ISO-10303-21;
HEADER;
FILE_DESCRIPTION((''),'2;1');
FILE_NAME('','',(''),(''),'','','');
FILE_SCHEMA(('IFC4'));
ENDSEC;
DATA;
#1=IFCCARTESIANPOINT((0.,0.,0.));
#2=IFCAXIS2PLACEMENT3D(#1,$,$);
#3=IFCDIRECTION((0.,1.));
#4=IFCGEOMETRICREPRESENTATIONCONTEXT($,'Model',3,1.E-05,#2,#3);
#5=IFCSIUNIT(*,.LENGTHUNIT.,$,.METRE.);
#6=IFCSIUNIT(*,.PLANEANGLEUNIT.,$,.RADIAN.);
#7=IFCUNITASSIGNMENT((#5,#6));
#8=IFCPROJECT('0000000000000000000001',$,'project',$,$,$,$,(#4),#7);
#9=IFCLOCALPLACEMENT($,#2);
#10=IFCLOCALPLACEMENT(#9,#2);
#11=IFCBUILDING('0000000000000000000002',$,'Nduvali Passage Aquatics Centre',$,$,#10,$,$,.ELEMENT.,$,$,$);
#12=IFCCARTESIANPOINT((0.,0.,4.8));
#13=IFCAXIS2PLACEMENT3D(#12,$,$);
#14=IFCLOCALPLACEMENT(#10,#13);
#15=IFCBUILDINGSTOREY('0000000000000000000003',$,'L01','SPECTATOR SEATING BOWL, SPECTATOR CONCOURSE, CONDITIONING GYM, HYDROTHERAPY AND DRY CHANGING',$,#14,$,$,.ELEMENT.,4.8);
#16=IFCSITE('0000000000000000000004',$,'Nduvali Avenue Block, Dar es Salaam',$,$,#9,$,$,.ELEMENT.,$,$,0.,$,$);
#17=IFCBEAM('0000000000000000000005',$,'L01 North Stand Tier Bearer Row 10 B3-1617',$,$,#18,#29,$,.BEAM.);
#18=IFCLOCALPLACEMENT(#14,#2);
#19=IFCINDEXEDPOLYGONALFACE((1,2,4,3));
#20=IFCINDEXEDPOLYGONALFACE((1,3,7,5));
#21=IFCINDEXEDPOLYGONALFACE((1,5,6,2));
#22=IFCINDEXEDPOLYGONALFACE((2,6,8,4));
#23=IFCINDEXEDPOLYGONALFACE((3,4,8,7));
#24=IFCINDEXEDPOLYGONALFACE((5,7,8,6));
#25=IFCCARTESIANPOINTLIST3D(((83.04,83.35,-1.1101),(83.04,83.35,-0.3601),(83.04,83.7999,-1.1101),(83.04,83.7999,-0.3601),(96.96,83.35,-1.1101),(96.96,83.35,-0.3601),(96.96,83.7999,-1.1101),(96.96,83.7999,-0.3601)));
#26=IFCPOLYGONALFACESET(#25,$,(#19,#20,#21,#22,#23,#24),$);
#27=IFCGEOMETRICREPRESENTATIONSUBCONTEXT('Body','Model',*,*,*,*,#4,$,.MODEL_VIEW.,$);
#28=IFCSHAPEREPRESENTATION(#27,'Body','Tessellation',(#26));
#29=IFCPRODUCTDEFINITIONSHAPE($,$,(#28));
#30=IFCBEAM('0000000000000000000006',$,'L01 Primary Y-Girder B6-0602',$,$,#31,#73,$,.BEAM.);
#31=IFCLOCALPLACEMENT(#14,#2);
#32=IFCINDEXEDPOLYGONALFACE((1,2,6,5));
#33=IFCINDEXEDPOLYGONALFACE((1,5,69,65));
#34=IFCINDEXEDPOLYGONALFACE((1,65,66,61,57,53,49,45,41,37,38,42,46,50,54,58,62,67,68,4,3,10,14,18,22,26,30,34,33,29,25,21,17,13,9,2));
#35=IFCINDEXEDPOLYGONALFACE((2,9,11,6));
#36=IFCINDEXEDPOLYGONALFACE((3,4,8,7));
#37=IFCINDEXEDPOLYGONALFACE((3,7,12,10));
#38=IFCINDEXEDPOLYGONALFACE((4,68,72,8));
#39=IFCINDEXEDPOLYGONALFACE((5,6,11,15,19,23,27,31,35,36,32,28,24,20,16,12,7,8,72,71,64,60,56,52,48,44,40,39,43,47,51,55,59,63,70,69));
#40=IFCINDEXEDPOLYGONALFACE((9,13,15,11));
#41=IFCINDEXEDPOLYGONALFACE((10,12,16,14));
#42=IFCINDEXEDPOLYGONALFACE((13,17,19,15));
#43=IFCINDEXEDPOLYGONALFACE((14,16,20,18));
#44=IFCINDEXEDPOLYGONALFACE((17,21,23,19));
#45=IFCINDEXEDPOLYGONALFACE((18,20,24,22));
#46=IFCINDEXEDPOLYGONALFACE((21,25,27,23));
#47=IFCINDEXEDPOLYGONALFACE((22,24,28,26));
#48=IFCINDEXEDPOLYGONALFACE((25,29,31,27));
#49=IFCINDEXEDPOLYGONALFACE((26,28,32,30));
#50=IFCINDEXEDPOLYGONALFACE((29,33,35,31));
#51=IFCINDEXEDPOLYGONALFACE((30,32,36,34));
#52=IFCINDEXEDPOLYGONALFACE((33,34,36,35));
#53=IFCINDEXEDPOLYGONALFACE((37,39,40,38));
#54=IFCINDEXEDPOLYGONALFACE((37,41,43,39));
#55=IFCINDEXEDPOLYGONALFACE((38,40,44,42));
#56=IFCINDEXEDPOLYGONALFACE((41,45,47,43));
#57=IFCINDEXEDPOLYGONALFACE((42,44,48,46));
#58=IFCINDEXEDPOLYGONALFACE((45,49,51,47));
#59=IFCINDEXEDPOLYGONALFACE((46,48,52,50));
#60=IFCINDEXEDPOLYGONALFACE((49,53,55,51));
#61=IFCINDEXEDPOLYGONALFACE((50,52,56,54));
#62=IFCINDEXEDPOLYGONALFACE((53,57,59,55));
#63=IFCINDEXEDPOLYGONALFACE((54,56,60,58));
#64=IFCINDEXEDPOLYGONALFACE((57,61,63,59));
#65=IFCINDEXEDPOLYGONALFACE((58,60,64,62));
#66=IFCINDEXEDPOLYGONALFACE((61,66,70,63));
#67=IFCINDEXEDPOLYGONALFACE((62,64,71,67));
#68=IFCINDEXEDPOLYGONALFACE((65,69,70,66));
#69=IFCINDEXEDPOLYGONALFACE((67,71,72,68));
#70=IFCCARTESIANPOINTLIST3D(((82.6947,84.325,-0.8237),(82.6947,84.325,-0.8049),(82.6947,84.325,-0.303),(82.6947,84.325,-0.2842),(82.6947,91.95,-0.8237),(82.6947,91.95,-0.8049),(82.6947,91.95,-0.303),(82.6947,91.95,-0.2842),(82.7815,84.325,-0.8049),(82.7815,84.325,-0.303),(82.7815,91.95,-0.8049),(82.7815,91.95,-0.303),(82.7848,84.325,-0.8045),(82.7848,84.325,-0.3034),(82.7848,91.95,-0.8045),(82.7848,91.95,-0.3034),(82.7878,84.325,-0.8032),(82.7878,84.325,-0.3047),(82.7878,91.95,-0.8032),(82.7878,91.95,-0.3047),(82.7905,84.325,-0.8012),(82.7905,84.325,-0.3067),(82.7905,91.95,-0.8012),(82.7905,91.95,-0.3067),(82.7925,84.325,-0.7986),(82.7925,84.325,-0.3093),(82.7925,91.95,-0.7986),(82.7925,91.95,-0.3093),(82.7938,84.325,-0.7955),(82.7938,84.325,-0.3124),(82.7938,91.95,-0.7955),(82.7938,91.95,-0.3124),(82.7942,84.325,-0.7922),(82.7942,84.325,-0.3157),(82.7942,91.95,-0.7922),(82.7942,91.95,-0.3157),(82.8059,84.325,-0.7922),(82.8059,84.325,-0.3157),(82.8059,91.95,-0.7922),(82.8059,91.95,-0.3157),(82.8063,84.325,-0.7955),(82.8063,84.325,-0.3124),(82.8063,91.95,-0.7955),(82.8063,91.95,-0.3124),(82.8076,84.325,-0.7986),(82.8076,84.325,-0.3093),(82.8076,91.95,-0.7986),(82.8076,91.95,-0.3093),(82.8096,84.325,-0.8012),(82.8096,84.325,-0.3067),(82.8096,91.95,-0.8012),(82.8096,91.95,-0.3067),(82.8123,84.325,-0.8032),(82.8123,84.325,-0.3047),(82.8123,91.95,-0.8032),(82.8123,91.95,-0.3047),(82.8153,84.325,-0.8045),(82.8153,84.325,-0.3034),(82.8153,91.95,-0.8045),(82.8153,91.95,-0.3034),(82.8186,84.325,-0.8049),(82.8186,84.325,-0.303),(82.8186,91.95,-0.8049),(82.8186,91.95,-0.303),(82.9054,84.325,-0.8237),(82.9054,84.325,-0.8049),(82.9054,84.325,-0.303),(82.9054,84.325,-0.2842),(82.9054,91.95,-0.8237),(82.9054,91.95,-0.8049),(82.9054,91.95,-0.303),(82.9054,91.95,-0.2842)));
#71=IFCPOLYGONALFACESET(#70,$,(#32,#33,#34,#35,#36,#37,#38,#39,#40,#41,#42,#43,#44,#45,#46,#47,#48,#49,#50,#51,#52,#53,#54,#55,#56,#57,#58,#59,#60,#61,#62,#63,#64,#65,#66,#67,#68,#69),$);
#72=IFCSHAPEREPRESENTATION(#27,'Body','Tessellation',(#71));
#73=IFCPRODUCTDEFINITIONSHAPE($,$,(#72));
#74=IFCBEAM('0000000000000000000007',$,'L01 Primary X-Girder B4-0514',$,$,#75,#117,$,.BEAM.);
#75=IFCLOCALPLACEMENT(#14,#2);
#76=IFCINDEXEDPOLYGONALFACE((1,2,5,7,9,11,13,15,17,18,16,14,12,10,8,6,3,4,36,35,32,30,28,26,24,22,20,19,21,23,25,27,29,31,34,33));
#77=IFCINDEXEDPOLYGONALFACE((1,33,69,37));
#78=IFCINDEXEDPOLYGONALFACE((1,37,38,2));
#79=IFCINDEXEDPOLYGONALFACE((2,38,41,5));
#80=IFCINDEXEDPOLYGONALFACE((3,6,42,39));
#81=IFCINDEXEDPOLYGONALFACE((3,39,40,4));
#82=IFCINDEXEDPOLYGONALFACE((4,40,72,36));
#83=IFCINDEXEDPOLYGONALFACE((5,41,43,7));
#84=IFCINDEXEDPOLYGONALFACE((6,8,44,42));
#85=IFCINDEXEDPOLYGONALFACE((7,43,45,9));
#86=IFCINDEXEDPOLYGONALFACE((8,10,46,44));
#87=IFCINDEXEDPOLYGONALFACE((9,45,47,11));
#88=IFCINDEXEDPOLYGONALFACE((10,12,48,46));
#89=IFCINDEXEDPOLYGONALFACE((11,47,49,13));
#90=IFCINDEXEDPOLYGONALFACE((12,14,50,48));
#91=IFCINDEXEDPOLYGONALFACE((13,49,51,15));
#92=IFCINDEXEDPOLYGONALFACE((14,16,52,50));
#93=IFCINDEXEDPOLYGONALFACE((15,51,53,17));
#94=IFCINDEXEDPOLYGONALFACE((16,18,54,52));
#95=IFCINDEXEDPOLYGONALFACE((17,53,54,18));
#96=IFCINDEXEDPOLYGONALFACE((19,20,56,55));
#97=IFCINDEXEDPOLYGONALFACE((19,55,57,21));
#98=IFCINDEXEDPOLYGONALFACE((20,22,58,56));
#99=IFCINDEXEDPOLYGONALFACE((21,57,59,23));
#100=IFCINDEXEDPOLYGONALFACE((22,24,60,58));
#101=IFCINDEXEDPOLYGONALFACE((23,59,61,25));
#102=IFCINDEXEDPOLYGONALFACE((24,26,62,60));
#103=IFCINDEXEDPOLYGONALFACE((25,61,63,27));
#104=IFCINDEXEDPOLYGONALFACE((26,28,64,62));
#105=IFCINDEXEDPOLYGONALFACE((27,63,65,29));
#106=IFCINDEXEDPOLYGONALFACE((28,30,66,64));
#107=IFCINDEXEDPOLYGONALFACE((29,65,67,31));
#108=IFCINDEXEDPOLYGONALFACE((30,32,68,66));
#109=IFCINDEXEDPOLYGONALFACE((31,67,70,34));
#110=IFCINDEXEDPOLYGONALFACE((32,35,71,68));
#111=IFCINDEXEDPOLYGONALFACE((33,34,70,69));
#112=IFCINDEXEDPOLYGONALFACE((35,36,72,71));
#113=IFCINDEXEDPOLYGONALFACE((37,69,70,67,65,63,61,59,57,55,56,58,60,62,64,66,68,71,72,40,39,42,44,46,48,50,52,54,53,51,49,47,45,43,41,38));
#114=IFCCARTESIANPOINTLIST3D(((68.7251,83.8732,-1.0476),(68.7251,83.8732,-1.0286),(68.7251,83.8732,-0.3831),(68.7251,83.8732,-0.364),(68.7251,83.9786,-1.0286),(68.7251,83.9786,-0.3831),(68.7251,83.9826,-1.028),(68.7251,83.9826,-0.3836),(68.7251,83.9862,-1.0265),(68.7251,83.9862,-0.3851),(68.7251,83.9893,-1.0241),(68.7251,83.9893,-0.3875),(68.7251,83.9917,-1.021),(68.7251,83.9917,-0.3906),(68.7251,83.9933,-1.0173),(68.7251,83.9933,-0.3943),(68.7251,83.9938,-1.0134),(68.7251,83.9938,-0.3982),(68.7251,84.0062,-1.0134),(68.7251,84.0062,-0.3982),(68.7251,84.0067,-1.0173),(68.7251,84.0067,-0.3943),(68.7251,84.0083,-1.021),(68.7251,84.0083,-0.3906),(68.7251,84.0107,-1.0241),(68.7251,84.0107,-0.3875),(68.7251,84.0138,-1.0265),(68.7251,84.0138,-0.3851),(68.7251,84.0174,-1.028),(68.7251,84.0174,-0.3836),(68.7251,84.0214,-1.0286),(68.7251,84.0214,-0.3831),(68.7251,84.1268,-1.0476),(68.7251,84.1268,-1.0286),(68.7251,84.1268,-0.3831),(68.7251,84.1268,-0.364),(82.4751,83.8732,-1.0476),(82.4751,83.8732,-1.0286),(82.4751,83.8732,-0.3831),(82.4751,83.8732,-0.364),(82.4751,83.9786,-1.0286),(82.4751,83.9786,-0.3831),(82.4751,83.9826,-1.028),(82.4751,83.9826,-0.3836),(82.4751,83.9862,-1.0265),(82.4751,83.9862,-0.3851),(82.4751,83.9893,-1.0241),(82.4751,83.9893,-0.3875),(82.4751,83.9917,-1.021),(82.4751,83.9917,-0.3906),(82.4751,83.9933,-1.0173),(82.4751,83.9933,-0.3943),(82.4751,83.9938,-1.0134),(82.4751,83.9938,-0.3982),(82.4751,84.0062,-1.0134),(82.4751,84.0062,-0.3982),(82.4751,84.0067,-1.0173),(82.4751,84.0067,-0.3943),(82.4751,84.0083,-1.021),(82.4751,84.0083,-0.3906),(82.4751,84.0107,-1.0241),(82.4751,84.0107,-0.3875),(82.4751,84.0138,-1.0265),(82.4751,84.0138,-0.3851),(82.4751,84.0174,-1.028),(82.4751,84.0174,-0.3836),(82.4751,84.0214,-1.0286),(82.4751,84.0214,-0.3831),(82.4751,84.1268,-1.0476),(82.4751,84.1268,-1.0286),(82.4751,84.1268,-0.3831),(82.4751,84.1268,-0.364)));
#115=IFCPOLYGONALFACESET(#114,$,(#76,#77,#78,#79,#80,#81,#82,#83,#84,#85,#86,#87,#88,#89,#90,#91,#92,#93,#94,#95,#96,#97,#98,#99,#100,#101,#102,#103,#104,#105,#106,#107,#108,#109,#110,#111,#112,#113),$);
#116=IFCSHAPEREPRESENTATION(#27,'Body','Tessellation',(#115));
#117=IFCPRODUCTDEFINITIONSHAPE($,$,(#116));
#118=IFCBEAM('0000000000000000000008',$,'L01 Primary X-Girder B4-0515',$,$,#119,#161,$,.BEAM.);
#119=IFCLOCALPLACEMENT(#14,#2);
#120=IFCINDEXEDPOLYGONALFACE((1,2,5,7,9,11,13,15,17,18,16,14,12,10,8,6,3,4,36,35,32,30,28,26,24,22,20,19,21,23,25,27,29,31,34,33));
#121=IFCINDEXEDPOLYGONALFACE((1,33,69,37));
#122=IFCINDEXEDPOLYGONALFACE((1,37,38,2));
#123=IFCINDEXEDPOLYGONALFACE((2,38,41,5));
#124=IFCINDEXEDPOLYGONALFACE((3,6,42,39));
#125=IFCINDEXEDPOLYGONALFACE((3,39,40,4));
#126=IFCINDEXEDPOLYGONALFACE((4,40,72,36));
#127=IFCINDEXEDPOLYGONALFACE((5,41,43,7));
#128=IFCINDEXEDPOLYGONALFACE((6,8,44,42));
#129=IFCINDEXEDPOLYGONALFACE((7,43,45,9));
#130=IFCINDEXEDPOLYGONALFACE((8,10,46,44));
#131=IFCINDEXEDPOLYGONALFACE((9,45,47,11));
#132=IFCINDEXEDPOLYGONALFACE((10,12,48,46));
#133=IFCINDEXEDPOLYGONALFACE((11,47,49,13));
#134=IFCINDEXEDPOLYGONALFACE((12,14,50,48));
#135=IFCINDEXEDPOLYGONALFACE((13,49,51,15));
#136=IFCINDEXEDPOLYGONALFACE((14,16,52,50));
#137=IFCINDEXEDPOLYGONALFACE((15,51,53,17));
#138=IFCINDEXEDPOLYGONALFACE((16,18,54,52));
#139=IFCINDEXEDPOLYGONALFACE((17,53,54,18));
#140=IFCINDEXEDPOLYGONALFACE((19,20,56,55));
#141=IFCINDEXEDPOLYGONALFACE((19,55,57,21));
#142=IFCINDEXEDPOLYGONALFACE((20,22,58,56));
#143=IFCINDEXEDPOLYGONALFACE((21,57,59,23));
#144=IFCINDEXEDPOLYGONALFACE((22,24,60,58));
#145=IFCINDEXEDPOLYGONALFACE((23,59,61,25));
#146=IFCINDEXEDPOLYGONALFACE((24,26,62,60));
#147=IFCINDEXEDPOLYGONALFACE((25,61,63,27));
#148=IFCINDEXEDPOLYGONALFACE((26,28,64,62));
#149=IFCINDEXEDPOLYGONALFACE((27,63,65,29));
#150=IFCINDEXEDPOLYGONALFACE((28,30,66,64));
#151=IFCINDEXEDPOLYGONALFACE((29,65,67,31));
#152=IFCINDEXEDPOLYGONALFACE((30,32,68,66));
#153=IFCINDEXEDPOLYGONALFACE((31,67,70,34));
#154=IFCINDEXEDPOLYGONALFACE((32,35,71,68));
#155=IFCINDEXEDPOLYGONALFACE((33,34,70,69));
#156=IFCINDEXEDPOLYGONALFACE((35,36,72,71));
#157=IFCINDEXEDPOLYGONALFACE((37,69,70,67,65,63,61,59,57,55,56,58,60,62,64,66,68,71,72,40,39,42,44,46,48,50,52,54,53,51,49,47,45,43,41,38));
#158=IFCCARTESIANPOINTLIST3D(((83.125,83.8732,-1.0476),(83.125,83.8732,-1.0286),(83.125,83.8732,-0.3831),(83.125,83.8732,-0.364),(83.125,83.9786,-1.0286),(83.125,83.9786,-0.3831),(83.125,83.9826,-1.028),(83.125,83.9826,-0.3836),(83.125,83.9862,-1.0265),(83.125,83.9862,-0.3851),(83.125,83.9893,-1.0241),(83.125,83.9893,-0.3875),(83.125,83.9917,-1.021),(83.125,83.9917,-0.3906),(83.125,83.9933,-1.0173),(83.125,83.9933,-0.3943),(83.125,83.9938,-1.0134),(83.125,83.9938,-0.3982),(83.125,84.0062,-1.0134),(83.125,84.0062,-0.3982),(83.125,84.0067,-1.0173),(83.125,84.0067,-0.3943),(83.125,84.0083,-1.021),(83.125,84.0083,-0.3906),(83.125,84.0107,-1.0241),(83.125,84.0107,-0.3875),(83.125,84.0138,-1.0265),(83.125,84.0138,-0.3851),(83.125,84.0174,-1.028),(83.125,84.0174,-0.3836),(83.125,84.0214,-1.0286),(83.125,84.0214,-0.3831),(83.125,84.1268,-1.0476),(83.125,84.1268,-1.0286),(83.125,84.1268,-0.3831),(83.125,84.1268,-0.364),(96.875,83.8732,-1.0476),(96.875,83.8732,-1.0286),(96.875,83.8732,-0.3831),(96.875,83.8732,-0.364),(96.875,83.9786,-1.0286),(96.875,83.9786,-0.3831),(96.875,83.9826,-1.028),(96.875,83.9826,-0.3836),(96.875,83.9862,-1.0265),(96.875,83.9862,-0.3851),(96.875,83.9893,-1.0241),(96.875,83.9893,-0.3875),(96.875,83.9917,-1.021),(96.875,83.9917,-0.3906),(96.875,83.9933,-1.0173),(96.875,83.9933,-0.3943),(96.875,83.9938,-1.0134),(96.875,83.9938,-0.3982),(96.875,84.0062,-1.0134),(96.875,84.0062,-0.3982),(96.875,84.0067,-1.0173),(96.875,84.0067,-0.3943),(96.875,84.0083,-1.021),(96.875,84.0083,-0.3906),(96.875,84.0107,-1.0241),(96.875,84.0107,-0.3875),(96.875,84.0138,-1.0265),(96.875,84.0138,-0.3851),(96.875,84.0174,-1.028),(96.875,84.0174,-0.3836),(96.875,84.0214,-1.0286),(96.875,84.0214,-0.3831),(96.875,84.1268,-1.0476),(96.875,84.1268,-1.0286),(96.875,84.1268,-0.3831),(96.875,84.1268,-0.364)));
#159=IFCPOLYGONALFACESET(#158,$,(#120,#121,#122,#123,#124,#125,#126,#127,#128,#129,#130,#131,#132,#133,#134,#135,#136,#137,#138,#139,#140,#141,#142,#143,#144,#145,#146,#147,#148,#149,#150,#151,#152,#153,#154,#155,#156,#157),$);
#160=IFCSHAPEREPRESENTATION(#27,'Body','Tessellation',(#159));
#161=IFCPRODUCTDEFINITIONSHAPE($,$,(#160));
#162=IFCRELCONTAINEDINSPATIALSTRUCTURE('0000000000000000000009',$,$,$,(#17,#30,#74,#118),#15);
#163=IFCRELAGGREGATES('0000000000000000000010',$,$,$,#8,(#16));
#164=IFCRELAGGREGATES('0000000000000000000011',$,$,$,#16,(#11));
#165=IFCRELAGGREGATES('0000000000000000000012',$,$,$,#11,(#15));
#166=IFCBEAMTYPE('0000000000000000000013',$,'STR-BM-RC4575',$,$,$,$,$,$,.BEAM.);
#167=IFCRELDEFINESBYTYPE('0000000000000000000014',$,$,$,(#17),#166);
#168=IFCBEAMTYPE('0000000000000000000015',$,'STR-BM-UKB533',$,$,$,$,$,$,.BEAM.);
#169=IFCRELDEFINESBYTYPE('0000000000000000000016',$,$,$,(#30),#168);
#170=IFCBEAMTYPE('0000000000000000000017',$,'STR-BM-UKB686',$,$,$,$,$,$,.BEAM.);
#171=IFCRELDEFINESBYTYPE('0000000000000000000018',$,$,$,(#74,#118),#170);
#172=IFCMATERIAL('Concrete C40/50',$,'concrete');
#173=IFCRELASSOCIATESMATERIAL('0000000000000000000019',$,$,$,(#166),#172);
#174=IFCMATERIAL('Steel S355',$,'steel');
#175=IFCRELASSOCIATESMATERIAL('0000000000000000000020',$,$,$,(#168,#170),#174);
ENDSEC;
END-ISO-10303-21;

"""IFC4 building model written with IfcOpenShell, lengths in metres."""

from ifc_helpers import new_model, si_unit, direction, frame, origin, origin_2d, place, context, subcontext, project, spatial, rectangle, i_section, extrude, material, material_profile, profile_set, type_object, element, save


model = new_model("IFC4")

# Units and contexts
model_context = context("Model", 3, precision=1e-05, world=origin(), true_north=direction((0.0, 1.0)))
body_context = subcontext(model_context, "Body", "Model", "MODEL_VIEW")
ifc_project = project(units=[si_unit("LENGTHUNIT", "METRE"), si_unit("PLANEANGLEUNIT", "RADIAN")], contexts=[model_context])

# Site, building, storey
site_placement = place(None, origin())
site = spatial("IfcSite", under=ifc_project, at=site_placement, Name="Nduvali Avenue Block, Dar es Salaam", CompositionType="ELEMENT", RefElevation=0.0)
building_placement = place(site_placement, origin())
building = spatial("IfcBuilding", under=site, at=building_placement, Name="Nduvali Passage Aquatics Centre", CompositionType="ELEMENT")
storey_placement = place(building_placement, frame((0.0, 0.0, 4.8)))
storey = spatial("IfcBuildingStorey", under=building, at=storey_placement, Name="L01", Description="SPECTATOR SEATING BOWL, SPECTATOR CONCOURSE, CONDITIONING GYM, HYDROTHERAPY AND DRY CHANGING", CompositionType="ELEMENT", Elevation=4.8)

# Shared definitions
ifc_material_1 = material(Name="Steel S355", Category="steel")

# Beams
ifc_material_2 = material(Name="Concrete C40/50", Category="concrete")
ifc_material_profile_1 = material_profile(ifc_material_2, rectangle(XDim=0.45, YDim=0.75, at=origin_2d()), Name="RC 450x750")
ifc_profile_set_1 = profile_set([ifc_material_profile_1], Name="Concrete C40/50")
beam_type_1 = type_object("IfcBeamType", Name="STR-BM-RC4575", PredefinedType="BEAM", material=ifc_profile_set_1)
beam_1_placement = place(storey_placement, frame((83.04, 83.575, -0.7351), z_axis=(1.0, 0.0, 0.0), x_axis=(0.0, 1.0, 0.0)))
element("IfcBeam", 1, at=beam_1_placement, inside=storey, type_object=beam_type_1, Name="L01 North Stand Tier Bearer Row 10 B3-1617", PredefinedType="BEAM", context=body_context, shape_type="SweptSolid", body=[
    extrude(rectangle(XDim=0.45, YDim=0.75, at=origin_2d()), origin(), (0.0, 0.0, 1.0), 13.9199),
])
ifc_material_profile_2 = material_profile(ifc_material_1, i_section(OverallWidth=0.2107, OverallDepth=0.5396, WebThickness=0.0117, FlangeThickness=0.0188, FilletRadius=0.0127, at=origin_2d()), Name="UKB 533x210x109")
ifc_profile_set_2 = profile_set([ifc_material_profile_2], Name="Steel S355")
beam_type_2 = type_object("IfcBeamType", Name="STR-BM-UKB533", PredefinedType="BEAM", material=ifc_profile_set_2)
beam_2_placement = place(storey_placement, frame((82.8, 84.325, -0.554), z_axis=(0.0, 1.0, 0.0), x_axis=(-1.0, 0.0, 0.0)))
element("IfcBeam", 2, at=beam_2_placement, inside=storey, type_object=beam_type_2, Name="L01 Primary Y-Girder B6-0602", PredefinedType="BEAM", context=body_context, shape_type="SweptSolid", body=[
    extrude(i_section(OverallWidth=0.2107, OverallDepth=0.5396, WebThickness=0.0117, FlangeThickness=0.0188, FilletRadius=0.0127, at=origin_2d()), origin(), (0.0, 0.0, 1.0), 7.625),
])
ifc_material_profile_3 = material_profile(ifc_material_1, i_section(OverallWidth=0.2537, OverallDepth=0.6836, WebThickness=0.0125, FlangeThickness=0.019, FilletRadius=0.0151, at=origin_2d()), Name="UKB 686x254x140")
ifc_profile_set_3 = profile_set([ifc_material_profile_3], Name="Steel S355")
beam_type_3 = type_object("IfcBeamType", Name="STR-BM-UKB686", PredefinedType="BEAM", material=ifc_profile_set_3)
for number, where, z_axis, x_axis, name in (
    (3, (68.7251, 84.0, -0.7058), (1.0, 0.0, 0.0), (0.0, 1.0, 0.0), "L01 Primary X-Girder B4-0514"),
    (4, (83.125, 84.0, -0.7058), (1.0, 0.0, 0.0), (0.0, 1.0, 0.0), "L01 Primary X-Girder B4-0515"),
):
    element("IfcBeam", number, at=place(storey_placement, frame(where, z_axis=z_axis, x_axis=x_axis)), inside=storey, type_object=beam_type_3, Name=name, PredefinedType="BEAM", context=body_context, shape_type="SweptSolid", body=[
        extrude(i_section(OverallWidth=0.2537, OverallDepth=0.6836, WebThickness=0.0125, FlangeThickness=0.019, FilletRadius=0.0151, at=origin_2d()), origin(), (0.0, 0.0, 1.0), 13.75),
    ])

save(model, "model.ifc")
